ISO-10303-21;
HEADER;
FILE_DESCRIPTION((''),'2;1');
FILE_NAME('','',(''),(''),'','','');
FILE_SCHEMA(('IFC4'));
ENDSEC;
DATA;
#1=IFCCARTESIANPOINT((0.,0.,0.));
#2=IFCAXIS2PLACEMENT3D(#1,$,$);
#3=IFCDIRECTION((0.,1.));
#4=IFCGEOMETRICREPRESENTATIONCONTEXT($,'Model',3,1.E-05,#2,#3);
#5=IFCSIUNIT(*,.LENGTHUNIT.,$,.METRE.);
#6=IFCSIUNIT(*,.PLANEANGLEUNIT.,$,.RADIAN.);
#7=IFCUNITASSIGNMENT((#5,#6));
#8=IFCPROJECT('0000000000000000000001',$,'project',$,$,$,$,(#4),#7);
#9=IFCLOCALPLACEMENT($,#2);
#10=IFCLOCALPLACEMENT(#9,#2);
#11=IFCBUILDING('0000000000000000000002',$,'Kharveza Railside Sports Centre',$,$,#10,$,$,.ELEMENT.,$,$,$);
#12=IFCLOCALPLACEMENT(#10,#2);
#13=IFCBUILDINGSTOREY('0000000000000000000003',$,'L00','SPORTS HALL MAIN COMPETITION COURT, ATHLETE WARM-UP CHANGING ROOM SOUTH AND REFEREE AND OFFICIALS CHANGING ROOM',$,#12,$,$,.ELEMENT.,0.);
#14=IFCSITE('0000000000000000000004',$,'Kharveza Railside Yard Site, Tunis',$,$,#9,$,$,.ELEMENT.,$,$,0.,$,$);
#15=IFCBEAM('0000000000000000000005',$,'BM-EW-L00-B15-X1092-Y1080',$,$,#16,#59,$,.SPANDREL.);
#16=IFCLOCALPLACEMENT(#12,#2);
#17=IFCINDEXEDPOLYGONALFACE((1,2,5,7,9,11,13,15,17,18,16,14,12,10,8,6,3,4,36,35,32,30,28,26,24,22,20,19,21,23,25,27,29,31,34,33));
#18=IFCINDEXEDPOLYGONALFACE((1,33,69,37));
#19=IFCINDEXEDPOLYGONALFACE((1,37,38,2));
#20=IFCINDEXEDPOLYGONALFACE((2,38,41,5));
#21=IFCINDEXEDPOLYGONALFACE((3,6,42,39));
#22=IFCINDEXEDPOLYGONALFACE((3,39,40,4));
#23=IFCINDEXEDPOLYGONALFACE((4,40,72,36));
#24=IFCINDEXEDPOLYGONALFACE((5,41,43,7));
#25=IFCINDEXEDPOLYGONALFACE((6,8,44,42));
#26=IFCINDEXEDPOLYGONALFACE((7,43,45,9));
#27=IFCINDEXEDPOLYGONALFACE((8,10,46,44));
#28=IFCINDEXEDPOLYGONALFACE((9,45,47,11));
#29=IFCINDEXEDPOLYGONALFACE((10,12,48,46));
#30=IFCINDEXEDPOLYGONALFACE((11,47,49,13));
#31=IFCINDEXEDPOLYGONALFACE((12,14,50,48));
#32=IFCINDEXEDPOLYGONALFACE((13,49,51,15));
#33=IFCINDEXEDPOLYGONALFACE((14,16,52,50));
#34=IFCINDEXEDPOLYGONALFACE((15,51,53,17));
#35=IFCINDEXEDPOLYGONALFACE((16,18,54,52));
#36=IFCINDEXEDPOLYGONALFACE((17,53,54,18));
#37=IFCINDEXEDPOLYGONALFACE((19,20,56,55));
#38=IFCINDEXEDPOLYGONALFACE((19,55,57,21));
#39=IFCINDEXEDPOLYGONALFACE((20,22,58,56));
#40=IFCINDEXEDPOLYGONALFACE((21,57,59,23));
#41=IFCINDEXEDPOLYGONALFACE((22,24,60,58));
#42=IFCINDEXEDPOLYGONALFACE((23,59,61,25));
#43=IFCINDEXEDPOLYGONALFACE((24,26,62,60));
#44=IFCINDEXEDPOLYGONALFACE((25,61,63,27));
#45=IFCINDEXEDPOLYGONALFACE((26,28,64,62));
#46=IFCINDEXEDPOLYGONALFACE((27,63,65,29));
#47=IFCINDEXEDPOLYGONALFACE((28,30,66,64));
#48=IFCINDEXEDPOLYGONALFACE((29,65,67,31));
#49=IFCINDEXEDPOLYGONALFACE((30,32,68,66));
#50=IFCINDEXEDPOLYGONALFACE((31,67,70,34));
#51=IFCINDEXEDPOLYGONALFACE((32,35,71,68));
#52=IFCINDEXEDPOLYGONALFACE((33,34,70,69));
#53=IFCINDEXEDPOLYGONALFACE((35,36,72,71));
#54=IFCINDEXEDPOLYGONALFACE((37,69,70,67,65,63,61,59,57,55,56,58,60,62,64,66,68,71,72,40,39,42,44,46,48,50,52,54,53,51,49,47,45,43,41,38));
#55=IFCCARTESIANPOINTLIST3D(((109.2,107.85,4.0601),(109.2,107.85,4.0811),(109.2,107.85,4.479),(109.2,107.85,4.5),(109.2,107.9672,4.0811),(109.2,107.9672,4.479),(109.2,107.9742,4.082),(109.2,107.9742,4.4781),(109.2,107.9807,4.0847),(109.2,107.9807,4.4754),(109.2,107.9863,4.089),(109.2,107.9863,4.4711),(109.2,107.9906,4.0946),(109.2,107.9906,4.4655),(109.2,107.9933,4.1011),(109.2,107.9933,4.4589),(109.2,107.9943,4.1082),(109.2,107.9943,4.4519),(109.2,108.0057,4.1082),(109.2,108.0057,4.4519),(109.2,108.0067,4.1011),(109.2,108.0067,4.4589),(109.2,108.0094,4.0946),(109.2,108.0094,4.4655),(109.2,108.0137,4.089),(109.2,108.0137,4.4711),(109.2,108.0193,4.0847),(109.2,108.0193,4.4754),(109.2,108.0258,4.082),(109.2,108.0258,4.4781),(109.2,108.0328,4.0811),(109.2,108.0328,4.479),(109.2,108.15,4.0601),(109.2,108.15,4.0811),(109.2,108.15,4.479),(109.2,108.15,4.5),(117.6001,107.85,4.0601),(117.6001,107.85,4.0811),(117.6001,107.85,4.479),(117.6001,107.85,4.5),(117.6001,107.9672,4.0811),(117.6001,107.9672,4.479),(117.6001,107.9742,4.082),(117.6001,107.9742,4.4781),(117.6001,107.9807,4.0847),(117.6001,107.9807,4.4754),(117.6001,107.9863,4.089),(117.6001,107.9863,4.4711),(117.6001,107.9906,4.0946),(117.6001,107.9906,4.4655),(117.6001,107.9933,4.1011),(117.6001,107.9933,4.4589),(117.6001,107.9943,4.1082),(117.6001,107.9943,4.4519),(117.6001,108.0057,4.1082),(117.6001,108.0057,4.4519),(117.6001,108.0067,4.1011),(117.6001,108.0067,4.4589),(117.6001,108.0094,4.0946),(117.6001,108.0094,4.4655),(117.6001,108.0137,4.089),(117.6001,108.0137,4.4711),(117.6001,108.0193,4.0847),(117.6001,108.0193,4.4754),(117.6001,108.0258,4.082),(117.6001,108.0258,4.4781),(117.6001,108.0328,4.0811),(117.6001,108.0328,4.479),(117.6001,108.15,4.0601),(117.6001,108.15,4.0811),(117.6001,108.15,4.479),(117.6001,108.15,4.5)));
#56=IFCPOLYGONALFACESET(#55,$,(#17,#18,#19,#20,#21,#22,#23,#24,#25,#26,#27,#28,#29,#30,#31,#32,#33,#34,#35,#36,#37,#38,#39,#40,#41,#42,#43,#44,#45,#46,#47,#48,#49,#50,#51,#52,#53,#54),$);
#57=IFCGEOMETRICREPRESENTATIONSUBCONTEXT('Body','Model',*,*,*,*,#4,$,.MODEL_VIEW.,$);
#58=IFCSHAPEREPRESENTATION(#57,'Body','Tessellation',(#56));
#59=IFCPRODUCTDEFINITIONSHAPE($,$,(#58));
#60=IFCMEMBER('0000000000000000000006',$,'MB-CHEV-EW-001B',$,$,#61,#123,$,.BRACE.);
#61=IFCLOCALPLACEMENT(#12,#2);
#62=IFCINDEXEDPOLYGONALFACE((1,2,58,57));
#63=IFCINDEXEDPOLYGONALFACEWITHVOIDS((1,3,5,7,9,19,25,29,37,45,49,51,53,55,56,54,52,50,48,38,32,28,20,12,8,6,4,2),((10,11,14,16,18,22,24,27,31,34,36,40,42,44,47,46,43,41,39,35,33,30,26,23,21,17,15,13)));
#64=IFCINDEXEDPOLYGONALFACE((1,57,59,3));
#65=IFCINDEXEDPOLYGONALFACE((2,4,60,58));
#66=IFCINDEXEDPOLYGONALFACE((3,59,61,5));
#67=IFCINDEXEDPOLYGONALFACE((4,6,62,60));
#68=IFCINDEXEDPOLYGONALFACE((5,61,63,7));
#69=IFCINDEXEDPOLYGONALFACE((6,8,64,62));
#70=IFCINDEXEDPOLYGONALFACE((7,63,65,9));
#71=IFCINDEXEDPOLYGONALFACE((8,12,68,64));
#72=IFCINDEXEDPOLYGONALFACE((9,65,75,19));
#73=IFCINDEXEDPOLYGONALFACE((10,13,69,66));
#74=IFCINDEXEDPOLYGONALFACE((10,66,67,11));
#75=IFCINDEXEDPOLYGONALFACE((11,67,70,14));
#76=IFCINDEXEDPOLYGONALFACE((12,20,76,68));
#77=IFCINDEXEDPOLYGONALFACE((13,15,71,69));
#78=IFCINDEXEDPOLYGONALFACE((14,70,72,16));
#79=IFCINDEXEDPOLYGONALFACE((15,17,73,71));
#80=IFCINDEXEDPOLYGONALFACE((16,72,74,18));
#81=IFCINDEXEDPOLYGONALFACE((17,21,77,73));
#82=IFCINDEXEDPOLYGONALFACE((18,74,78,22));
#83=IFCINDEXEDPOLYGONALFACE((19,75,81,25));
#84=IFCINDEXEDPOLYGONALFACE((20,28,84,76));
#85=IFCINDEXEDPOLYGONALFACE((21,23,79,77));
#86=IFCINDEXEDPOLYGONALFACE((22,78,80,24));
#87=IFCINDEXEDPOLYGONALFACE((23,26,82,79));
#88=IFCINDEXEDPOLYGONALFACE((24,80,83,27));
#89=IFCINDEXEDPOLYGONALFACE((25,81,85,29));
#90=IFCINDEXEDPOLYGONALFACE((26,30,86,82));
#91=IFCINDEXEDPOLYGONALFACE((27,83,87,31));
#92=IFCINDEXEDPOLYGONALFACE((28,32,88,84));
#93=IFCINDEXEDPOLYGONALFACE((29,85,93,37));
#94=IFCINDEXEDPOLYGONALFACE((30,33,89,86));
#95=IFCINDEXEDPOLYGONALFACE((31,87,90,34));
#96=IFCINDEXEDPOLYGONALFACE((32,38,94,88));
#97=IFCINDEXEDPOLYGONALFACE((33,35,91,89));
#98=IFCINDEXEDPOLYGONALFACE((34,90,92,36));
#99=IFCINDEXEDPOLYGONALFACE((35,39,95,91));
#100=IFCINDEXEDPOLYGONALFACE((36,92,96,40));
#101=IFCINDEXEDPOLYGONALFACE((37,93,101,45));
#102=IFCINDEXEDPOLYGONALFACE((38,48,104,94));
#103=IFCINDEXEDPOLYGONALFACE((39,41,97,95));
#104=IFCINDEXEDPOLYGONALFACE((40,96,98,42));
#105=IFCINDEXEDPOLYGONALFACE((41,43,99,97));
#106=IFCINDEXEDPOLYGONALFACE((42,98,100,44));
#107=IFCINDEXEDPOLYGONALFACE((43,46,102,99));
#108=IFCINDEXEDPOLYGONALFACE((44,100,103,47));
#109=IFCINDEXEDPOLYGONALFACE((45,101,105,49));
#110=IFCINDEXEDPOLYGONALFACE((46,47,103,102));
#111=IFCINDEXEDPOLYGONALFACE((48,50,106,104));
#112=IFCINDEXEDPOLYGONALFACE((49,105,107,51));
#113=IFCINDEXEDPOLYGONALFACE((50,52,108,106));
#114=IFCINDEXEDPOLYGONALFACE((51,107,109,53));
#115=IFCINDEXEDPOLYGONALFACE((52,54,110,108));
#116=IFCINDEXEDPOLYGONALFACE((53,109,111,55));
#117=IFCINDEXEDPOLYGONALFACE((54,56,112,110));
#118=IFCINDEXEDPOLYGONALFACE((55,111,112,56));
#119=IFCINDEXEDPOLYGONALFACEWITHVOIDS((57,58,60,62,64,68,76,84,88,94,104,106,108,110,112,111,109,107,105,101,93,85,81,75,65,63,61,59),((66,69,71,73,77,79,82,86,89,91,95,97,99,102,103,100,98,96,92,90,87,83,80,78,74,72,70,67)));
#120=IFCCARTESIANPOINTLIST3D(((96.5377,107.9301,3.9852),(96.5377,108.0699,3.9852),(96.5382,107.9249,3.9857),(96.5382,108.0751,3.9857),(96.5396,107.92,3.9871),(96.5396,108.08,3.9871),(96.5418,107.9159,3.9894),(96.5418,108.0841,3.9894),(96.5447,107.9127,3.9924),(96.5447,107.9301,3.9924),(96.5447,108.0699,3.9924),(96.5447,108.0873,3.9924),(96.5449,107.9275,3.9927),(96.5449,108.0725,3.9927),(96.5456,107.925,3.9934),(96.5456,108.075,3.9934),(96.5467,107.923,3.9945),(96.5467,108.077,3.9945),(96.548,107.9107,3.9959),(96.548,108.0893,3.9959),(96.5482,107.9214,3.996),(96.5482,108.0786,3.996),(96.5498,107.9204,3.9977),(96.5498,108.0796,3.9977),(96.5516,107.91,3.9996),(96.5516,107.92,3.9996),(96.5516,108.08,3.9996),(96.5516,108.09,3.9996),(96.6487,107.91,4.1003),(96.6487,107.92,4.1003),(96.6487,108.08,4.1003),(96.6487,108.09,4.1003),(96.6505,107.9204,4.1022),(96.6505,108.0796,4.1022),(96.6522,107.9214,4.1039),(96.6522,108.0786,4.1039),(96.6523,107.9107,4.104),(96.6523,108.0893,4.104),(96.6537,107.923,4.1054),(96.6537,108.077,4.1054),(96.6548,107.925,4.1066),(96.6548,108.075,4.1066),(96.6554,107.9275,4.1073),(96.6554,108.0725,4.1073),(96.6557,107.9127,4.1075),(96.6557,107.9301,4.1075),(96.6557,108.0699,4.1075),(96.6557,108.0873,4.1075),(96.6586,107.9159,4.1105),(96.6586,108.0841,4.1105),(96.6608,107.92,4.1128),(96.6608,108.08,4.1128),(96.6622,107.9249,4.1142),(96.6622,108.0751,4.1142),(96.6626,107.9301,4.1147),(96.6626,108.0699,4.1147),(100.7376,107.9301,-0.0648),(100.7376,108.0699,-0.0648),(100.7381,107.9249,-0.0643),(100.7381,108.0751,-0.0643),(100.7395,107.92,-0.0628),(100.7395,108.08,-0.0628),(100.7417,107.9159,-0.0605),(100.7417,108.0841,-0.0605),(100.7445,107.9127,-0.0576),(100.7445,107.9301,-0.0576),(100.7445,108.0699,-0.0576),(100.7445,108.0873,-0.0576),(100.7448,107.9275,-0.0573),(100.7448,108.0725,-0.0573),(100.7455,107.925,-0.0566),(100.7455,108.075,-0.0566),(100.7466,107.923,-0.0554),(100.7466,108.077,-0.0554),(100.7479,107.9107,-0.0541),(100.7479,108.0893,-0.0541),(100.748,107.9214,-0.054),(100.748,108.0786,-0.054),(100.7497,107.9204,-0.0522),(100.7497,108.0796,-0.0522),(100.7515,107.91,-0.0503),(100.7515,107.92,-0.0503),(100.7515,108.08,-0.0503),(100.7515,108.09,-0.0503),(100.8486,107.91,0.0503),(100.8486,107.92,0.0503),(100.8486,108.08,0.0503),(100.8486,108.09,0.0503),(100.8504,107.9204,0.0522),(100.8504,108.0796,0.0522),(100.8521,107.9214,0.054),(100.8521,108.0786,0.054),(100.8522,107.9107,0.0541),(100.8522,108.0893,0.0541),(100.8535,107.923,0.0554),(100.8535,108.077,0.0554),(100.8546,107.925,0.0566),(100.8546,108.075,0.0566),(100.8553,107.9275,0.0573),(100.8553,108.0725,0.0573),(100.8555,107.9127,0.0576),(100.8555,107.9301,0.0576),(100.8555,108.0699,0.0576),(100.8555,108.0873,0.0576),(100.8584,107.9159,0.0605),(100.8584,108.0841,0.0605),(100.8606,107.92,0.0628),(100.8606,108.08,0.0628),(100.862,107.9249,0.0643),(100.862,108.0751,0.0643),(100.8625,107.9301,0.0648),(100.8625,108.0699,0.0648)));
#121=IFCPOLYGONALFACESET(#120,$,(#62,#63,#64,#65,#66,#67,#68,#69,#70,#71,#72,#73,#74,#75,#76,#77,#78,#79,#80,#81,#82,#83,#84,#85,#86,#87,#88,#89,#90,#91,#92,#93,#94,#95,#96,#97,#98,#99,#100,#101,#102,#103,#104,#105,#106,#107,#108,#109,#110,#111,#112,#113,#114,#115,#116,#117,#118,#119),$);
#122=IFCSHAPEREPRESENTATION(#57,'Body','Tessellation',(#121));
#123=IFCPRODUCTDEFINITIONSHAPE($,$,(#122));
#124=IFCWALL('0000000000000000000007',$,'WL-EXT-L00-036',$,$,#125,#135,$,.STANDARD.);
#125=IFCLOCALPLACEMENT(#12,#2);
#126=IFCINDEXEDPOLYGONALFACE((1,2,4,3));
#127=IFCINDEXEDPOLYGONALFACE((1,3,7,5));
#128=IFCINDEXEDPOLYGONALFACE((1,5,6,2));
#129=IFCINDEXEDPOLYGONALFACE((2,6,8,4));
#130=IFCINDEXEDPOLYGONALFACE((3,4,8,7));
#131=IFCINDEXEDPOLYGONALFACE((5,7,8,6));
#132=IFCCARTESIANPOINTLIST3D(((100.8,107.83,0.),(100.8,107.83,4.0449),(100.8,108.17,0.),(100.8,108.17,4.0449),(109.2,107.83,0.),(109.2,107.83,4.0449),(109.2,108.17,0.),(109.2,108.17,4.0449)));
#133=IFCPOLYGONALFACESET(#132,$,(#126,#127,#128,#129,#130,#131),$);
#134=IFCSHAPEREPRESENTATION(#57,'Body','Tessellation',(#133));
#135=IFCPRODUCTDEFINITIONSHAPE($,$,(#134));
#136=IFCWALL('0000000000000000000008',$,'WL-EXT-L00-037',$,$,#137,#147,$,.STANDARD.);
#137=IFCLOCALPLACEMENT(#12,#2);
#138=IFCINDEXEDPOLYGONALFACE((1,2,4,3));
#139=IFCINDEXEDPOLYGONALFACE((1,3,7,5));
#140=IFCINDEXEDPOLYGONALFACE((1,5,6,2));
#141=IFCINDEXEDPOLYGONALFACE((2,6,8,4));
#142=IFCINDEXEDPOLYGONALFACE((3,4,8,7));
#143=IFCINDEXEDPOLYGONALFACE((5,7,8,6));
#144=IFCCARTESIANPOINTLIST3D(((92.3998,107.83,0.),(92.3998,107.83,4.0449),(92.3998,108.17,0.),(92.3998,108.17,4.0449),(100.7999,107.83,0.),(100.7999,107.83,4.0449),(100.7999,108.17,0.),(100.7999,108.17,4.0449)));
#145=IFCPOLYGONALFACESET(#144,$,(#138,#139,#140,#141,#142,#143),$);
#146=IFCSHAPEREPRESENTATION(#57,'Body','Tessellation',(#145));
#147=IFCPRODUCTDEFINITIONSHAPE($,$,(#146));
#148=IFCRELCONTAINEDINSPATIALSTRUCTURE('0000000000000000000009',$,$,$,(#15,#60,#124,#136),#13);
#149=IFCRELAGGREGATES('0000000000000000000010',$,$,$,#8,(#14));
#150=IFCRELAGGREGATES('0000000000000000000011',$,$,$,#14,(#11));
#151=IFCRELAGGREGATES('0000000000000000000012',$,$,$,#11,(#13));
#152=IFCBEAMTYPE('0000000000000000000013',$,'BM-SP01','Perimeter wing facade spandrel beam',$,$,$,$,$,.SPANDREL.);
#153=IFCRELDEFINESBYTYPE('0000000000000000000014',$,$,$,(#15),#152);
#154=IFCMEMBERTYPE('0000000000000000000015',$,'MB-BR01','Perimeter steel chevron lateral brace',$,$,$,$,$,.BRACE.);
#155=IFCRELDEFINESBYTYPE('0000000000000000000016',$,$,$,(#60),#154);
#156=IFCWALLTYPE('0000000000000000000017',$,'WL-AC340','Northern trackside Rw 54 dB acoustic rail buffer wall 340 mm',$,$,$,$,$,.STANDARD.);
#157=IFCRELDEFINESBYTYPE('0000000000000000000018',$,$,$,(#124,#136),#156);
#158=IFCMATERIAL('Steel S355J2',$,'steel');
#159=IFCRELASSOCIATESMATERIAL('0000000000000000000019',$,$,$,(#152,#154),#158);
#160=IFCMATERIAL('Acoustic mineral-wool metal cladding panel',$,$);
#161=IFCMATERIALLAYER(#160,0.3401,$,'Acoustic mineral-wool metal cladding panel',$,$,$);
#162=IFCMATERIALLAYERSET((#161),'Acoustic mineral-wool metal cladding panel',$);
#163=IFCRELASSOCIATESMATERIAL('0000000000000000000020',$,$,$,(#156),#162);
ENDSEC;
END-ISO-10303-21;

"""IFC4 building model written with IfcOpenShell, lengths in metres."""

from ifc_helpers import new_model, si_unit, direction, frame, frame_2d, origin, origin_2d, place, context, subcontext, project, spatial, rectangle, hollow_rectangle, i_section, extrude, material, layer, layer_set, material_profile, profile_set, type_object, element, save


model = new_model("IFC4")

# Units and contexts
model_context = context("Model", 3, precision=1e-05, world=origin(), true_north=direction((0.0, 1.0)))
body_context = subcontext(model_context, "Body", "Model", "MODEL_VIEW")
ifc_project = project(units=[si_unit("LENGTHUNIT", "METRE"), si_unit("PLANEANGLEUNIT", "RADIAN")], contexts=[model_context])

# Site, building, storey
site_placement = place(None, origin())
site = spatial("IfcSite", under=ifc_project, at=site_placement, Name="Kharveza Railside Yard Site, Tunis", CompositionType="ELEMENT", RefElevation=0.0)
building_placement = place(site_placement, origin())
building = spatial("IfcBuilding", under=site, at=building_placement, Name="Kharveza Railside Sports Centre", CompositionType="ELEMENT")
storey_placement = place(building_placement, origin())
storey = spatial("IfcBuildingStorey", under=building, at=storey_placement, Name="L00", Description="SPORTS HALL MAIN COMPETITION COURT, ATHLETE WARM-UP CHANGING ROOM SOUTH AND REFEREE AND OFFICIALS CHANGING ROOM", CompositionType="ELEMENT", Elevation=0.0)

# Shared definitions
ifc_material_1 = material(Name="Steel S355J2", Category="steel")

# Beam
ifc_material_profile_1 = material_profile(ifc_material_1, i_section(OverallWidth=0.3, OverallDepth=0.4399, WebThickness=0.0115, FlangeThickness=0.021, FilletRadius=0.0271, at=origin_2d()), Name="HEA 450")
ifc_profile_set_1 = profile_set([ifc_material_profile_1], Name="Steel S355J2")
beam_type_1 = type_object("IfcBeamType", Name="BM-SP01", Description="Perimeter wing facade spandrel beam", PredefinedType="SPANDREL", material=ifc_profile_set_1)
beam_1_placement = place(storey_placement, frame((109.2, 108.0, 4.28), z_axis=(1.0, 0.0, 0.0), x_axis=(0.0, 1.0, 0.0)))
element("IfcBeam", 1, at=beam_1_placement, inside=storey, type_object=beam_type_1, Name="BM-EW-L00-B15-X1092-Y1080", PredefinedType="SPANDREL", context=body_context, shape_type="SweptSolid", body=[
    extrude(i_section(OverallWidth=0.3, OverallDepth=0.4399, WebThickness=0.0115, FlangeThickness=0.021, FilletRadius=0.0271, at=origin_2d()), origin(), (0.0, 0.0, 1.0), 8.4001),
])

# Member
ifc_material_profile_2 = material_profile(ifc_material_1, hollow_rectangle(XDim=0.1799, YDim=0.1799, WallThickness=0.01, InnerFilletRadius=0.01, OuterFilletRadius=0.02, at=origin_2d()), Name="SHS 180x180x10.0")
ifc_profile_set_2 = profile_set([ifc_material_profile_2], Name="Steel S355J2")
member_type = type_object("IfcMemberType", Name="MB-BR01", Description="Perimeter steel chevron lateral brace", PredefinedType="BRACE", material=ifc_profile_set_2)
member_placement = place(storey_placement, frame((100.8, 108.0, 0.0), z_axis=(-0.719836, 0.0, 0.694144), x_axis=(0.0, -1.0, 0.0)))
element("IfcMember", 2, at=member_placement, inside=storey, type_object=member_type, Name="MB-CHEV-EW-001B", PredefinedType="BRACE", context=body_context, shape_type="SweptSolid", body=[
    extrude(hollow_rectangle(XDim=0.1799, YDim=0.1799, WallThickness=0.01, InnerFilletRadius=0.01, OuterFilletRadius=0.02, at=origin_2d()), origin(), (0.0, 0.0, 1.0), 5.8345),
])

# Walls
ifc_material_2 = material(Name="Acoustic mineral-wool metal cladding panel")
ifc_layer = layer(ifc_material_2, 0.3401, Name="Acoustic mineral-wool metal cladding panel")
ifc_layer_set = layer_set([ifc_layer], Name="Acoustic mineral-wool metal cladding panel")
wall_type = type_object("IfcWallType", Name="WL-AC340", Description="Northern trackside Rw 54 dB acoustic rail buffer wall 340 mm", PredefinedType="STANDARD", material=ifc_layer_set)
wall_1_placement = place(storey_placement, frame((109.2, 108.0, 0.0), z_axis=(0.0, 0.0, 1.0), x_axis=(-1.0, 0.0, 0.0)))
element("IfcWall", 3, at=wall_1_placement, inside=storey, type_object=wall_type, Name="WL-EXT-L00-036", PredefinedType="STANDARD", context=body_context, shape_type="SweptSolid", body=[
    extrude(rectangle(XDim=8.3999, YDim=0.3401, at=frame_2d((4.2, 0.0))), origin(), (0.0, 0.0, 1.0), 4.0449),
])
wall_2_placement = place(storey_placement, frame((100.8, 108.0, 0.0), z_axis=(0.0, 0.0, 1.0), x_axis=(-1.0, 0.0, 0.0)))
element("IfcWall", 4, at=wall_2_placement, inside=storey, type_object=wall_type, Name="WL-EXT-L00-037", PredefinedType="STANDARD", context=body_context, shape_type="SweptSolid", body=[
    extrude(rectangle(XDim=8.4001, YDim=0.3401, at=frame_2d((4.2002, 0.0))), origin(), (0.0, 0.0, 1.0), 4.0449),
])

save(model, "model.ifc")
